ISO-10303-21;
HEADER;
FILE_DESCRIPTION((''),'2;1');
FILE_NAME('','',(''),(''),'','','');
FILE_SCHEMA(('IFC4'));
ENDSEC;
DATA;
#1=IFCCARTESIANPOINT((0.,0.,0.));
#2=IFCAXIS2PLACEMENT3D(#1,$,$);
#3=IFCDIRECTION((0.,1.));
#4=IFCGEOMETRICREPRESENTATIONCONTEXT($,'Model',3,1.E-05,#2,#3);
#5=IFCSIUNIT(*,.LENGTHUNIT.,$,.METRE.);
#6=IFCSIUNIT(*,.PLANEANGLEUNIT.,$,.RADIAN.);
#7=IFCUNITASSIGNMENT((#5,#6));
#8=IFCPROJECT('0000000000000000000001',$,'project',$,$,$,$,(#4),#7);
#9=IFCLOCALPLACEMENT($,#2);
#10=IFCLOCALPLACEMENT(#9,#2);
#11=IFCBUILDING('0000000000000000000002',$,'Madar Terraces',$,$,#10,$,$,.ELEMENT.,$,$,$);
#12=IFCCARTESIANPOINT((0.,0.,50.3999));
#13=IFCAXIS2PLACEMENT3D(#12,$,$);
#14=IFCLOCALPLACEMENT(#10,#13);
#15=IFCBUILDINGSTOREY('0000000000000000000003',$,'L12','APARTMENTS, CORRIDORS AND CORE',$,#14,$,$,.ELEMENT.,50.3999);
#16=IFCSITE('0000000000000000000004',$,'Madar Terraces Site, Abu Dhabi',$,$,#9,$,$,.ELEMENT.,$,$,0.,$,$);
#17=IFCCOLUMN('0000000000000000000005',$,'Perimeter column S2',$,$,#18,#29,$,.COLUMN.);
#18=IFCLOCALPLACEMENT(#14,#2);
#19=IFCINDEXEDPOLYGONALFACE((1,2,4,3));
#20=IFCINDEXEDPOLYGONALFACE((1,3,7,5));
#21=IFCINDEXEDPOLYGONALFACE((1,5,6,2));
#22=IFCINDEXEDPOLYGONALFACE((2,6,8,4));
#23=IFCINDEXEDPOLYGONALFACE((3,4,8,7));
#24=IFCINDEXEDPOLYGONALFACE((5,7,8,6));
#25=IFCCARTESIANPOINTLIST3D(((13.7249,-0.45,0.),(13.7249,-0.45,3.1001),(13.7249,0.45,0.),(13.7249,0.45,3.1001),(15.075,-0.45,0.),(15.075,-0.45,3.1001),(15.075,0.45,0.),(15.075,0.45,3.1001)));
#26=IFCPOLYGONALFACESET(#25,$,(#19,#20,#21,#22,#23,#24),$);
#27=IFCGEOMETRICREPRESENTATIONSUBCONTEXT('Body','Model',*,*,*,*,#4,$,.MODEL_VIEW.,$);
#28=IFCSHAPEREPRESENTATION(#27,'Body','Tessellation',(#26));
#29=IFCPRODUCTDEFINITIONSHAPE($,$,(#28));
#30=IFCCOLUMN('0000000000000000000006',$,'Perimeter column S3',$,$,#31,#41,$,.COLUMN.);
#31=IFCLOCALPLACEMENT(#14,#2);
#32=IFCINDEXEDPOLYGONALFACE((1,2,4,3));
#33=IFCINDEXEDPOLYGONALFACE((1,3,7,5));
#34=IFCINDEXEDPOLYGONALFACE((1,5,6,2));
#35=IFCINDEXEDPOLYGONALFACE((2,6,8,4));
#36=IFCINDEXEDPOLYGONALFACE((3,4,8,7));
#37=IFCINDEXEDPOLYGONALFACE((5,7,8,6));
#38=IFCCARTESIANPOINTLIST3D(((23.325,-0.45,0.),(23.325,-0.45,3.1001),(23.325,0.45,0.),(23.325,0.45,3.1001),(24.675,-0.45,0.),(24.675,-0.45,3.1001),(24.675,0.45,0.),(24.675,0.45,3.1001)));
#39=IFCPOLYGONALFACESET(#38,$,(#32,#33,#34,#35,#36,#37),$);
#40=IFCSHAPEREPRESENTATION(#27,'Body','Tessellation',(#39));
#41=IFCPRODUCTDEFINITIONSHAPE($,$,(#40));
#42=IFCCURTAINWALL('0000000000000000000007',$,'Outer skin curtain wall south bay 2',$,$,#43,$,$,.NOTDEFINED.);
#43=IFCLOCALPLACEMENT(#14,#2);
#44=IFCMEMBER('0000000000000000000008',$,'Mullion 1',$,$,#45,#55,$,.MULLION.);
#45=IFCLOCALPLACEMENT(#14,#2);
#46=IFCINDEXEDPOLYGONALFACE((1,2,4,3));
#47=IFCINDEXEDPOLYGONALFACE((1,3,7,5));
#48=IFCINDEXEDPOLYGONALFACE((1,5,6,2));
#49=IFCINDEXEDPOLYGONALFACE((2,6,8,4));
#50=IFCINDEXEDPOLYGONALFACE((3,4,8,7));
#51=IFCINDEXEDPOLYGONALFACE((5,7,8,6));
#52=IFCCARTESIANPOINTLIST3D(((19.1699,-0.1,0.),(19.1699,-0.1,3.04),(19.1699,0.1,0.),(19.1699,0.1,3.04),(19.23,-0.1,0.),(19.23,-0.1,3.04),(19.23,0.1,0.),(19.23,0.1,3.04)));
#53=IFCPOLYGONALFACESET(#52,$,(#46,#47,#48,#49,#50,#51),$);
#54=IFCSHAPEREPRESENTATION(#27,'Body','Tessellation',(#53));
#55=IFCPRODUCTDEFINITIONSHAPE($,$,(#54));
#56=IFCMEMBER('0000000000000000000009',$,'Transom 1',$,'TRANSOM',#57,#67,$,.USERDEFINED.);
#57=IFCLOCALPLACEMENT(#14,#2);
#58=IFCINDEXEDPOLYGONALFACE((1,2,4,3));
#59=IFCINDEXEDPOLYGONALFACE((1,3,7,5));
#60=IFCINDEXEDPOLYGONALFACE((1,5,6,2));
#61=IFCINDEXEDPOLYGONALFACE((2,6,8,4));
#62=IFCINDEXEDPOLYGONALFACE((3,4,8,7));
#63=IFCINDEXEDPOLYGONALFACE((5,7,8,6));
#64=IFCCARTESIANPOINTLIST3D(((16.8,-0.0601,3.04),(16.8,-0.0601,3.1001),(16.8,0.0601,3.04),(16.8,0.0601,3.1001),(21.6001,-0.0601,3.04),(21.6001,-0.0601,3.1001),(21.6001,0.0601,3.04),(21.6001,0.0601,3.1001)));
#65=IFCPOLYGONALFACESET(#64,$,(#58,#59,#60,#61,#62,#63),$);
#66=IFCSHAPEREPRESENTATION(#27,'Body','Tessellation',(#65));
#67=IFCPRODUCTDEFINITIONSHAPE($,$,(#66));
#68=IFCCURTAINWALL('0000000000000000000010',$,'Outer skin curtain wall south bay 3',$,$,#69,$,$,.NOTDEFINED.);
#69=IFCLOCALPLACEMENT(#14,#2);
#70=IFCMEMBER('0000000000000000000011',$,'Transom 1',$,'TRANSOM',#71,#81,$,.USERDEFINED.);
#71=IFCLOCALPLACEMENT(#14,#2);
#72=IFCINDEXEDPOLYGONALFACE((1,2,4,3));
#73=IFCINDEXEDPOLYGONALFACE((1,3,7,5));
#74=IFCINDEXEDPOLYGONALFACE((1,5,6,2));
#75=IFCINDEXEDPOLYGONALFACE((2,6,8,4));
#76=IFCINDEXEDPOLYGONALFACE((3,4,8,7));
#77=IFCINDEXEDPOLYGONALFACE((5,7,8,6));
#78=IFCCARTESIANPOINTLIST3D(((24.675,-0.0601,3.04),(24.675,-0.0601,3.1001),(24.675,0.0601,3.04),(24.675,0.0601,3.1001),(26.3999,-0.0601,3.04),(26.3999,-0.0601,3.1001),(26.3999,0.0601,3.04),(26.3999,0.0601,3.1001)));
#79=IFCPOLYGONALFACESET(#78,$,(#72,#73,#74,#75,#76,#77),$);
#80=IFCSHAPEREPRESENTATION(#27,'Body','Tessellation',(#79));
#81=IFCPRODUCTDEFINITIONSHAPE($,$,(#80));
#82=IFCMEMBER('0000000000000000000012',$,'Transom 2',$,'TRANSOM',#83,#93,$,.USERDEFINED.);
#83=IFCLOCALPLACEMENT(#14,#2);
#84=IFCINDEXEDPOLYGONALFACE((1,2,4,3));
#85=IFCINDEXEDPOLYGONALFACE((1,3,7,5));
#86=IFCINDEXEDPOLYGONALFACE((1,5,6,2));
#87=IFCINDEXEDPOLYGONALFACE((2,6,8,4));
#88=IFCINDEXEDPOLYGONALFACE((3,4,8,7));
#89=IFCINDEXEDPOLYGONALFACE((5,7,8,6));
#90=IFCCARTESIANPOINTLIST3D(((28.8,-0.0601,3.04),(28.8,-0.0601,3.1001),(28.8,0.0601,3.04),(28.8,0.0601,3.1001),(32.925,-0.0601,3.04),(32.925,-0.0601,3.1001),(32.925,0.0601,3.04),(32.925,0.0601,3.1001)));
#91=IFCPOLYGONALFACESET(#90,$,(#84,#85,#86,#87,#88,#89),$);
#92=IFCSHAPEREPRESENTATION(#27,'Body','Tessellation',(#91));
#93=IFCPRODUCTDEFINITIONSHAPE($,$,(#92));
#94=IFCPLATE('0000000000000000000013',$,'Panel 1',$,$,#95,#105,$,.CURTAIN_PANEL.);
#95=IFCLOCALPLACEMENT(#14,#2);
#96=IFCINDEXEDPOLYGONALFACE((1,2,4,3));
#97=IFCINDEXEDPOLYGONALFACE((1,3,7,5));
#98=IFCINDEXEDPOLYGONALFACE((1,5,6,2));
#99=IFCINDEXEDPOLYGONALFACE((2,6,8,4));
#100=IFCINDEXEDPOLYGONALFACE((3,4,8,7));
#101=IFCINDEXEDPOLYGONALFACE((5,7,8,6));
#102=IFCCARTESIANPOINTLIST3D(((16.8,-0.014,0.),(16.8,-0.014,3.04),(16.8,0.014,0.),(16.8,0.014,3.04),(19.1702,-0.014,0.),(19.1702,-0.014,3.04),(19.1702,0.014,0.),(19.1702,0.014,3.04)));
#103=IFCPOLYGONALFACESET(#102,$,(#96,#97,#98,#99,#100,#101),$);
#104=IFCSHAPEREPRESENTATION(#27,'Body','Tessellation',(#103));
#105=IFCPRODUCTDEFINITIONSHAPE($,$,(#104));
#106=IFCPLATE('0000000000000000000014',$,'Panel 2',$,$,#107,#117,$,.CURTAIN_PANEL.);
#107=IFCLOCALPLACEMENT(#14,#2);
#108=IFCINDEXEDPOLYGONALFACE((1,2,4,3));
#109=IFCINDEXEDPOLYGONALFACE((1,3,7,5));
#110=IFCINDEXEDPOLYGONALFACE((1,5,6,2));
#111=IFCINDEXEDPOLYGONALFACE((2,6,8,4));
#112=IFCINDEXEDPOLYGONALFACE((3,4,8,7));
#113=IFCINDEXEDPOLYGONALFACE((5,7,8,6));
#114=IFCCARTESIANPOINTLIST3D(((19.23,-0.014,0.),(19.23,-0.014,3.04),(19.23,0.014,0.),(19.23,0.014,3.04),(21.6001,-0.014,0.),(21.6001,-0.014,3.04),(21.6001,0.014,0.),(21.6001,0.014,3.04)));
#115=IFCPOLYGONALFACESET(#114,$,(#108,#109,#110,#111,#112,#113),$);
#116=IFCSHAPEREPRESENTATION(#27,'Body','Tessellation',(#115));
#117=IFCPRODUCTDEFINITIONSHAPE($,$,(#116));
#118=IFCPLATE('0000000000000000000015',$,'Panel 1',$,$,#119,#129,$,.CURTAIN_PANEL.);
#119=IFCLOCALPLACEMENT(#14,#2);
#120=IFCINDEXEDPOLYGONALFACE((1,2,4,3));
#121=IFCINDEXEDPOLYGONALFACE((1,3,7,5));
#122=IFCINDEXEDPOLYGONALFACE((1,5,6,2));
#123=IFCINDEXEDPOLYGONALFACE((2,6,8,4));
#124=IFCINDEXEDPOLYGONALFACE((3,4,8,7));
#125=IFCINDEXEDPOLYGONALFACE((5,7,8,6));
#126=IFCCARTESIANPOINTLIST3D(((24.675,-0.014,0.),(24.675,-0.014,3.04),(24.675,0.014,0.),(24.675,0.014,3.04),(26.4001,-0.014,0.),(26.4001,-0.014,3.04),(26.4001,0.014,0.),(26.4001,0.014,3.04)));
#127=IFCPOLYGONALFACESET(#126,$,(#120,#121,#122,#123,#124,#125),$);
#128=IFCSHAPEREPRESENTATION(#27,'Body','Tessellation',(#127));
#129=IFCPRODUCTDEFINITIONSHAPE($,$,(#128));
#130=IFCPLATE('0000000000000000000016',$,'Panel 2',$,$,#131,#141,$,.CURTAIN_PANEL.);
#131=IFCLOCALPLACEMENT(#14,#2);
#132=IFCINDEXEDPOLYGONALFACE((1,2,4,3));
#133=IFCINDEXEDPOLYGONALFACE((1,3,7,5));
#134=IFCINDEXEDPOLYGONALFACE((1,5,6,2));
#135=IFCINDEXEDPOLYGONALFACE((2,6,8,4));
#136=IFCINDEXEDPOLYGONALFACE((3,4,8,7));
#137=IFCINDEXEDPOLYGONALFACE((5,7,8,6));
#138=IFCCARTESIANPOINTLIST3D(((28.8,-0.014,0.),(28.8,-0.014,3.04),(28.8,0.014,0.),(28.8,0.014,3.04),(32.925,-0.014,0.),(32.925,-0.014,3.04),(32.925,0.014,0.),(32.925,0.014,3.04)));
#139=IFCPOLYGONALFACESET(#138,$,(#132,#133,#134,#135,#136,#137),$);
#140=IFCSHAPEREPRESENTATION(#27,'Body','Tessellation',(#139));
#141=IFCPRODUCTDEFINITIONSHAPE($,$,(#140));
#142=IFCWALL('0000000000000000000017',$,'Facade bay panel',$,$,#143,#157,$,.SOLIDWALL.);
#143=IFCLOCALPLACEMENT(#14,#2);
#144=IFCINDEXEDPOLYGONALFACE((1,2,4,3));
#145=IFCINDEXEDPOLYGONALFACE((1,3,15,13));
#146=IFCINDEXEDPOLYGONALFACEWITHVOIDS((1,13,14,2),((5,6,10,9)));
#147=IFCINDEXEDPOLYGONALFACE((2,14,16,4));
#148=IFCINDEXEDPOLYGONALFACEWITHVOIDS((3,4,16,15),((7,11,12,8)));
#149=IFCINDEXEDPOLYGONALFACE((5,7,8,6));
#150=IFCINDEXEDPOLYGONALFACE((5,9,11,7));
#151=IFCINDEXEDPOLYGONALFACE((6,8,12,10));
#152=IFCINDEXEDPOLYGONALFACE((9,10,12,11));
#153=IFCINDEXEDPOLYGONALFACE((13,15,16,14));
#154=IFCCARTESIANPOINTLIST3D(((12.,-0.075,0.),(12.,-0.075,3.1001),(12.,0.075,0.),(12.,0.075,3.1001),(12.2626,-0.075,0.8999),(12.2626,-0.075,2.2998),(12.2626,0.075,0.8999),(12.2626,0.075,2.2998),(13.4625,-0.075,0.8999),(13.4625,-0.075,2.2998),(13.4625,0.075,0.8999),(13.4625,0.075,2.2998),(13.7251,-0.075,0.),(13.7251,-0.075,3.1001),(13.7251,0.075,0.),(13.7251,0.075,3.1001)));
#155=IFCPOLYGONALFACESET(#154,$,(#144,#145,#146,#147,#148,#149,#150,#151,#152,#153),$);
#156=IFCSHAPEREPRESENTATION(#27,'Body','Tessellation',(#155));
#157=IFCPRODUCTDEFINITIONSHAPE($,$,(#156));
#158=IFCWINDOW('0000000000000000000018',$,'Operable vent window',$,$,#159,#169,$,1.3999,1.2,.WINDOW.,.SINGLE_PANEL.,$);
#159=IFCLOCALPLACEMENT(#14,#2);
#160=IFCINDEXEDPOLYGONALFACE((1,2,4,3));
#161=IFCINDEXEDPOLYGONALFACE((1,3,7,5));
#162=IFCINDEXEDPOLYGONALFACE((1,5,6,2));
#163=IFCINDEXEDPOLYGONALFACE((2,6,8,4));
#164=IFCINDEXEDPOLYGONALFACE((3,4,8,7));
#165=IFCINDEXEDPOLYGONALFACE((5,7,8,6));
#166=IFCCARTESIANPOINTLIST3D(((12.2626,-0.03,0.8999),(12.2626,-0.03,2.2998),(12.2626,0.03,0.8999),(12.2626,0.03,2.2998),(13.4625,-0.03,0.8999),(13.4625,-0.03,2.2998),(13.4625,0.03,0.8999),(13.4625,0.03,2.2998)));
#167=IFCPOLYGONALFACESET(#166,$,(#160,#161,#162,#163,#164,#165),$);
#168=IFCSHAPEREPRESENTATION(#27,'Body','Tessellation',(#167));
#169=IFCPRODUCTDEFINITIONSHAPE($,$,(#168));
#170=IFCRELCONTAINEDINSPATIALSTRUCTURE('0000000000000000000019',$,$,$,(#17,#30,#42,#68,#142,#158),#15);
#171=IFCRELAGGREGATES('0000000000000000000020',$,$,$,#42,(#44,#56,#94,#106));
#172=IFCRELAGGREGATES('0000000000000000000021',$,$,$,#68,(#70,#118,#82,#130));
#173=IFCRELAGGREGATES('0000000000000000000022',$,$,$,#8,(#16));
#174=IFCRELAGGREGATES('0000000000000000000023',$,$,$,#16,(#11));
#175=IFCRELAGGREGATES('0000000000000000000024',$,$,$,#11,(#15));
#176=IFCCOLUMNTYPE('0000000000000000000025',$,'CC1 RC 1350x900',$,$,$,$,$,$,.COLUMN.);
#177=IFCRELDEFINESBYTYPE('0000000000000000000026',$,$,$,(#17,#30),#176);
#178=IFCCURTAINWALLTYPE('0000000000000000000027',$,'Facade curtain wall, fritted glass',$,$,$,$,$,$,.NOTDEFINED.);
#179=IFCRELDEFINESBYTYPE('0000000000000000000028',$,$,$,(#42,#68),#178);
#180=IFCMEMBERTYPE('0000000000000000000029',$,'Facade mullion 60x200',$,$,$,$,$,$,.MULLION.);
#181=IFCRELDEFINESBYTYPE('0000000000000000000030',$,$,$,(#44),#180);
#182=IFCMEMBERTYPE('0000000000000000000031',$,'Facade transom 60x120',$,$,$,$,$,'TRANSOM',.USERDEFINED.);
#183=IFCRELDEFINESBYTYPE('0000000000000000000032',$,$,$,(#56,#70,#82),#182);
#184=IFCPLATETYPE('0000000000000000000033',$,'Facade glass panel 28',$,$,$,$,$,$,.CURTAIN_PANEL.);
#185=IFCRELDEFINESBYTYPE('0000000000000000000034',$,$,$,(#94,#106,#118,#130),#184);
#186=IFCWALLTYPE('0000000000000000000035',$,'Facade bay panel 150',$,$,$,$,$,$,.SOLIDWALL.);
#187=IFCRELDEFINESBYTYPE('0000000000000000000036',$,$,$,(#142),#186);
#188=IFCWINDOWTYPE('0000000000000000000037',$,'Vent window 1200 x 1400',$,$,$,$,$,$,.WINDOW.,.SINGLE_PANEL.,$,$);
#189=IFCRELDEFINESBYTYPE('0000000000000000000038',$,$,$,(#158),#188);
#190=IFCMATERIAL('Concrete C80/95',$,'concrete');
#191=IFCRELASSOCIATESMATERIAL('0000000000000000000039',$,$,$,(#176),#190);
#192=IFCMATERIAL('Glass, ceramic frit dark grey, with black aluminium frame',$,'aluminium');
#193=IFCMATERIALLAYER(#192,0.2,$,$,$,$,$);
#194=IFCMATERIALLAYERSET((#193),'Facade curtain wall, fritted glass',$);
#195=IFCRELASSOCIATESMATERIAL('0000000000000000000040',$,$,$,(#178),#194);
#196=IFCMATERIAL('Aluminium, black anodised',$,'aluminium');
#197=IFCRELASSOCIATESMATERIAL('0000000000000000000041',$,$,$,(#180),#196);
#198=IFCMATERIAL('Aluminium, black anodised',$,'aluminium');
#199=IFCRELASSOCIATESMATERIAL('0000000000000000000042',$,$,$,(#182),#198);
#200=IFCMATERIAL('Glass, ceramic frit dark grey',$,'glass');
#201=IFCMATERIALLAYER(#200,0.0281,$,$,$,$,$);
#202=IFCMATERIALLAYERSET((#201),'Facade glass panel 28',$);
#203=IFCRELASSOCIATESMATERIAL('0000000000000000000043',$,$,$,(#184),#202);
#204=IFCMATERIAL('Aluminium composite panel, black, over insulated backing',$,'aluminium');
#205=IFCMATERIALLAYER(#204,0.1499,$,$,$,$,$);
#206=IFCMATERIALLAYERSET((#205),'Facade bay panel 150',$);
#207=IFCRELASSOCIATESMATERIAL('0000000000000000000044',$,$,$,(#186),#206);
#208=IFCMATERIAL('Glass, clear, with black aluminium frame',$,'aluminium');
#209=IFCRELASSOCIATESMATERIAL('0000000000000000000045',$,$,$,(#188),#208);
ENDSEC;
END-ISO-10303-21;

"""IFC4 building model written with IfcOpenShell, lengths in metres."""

from ifc_helpers import new_model, si_unit, direction, frame, frame_2d, origin, origin_2d, place, context, subcontext, project, spatial, rectangle, extrude, material, layer, layer_set, material_profile, profile_set, type_object, element, fill, aggregate, save


model = new_model("IFC4")

# Units and contexts
model_context = context("Model", 3, precision=1e-05, world=origin(), true_north=direction((0.0, 1.0)))
body_context = subcontext(model_context, "Body", "Model", "MODEL_VIEW")
ifc_project = project(units=[si_unit("LENGTHUNIT", "METRE"), si_unit("PLANEANGLEUNIT", "RADIAN")], contexts=[model_context])

# Site, building, storey
site_placement = place(None, origin())
site = spatial("IfcSite", under=ifc_project, at=site_placement, Name="Madar Terraces Site, Abu Dhabi", CompositionType="ELEMENT", RefElevation=0.0)
building_placement = place(site_placement, origin())
building = spatial("IfcBuilding", under=site, at=building_placement, Name="Madar Terraces", CompositionType="ELEMENT")
storey_placement = place(building_placement, frame((0.0, 0.0, 50.3999)))
storey = spatial("IfcBuildingStorey", under=building, at=storey_placement, Name="L12", Description="APARTMENTS, CORRIDORS AND CORE", CompositionType="ELEMENT", Elevation=50.3999)

# Columns
ifc_material_1 = material(Name="Concrete C80/95", Category="concrete")
ifc_material_profile_1 = material_profile(ifc_material_1, rectangle(XDim=1.3501, YDim=0.8999, at=origin_2d()), Name="CC1 RC 1350x900")
ifc_profile_set_1 = profile_set([ifc_material_profile_1], Name="Concrete C80/95")
column_type = type_object("IfcColumnType", Name="CC1 RC 1350x900", PredefinedType="COLUMN", material=ifc_profile_set_1)
for number, where, z_axis, x_axis, name in (
    (1, (14.3999, 0.0, 0.0), (0.0, 0.0, 1.0), (1.0, 0.0, 0.0), "Perimeter column S2"),
    (2, (24.0, 0.0, 0.0), (0.0, 0.0, 1.0), (1.0, 0.0, 0.0), "Perimeter column S3"),
):
    element("IfcColumn", number, at=place(storey_placement, frame(where, z_axis=z_axis, x_axis=x_axis)), inside=storey, type_object=column_type, Name=name, PredefinedType="COLUMN", context=body_context, shape_type="SweptSolid", body=[
        extrude(rectangle(XDim=1.3501, YDim=0.8999, at=origin_2d()), origin(), (0.0, 0.0, 1.0), 3.1001),
    ])

# Curtain walls, members
ifc_material_2 = material(Name="Glass, ceramic frit dark grey, with black aluminium frame", Category="aluminium")
ifc_layer_1 = layer(ifc_material_2, 0.2)
ifc_layer_set_1 = layer_set([ifc_layer_1], Name="Facade curtain wall, fritted glass")
curtain_wall_type = type_object("IfcCurtainWallType", Name="Facade curtain wall, fritted glass", PredefinedType="NOTDEFINED", material=ifc_layer_set_1)
curtain_wall_1_placement = place(storey_placement, origin())
curtain_wall_1 = element("IfcCurtainWall", 3, at=curtain_wall_1_placement, inside=storey, type_object=curtain_wall_type, Name="Outer skin curtain wall south bay 2", PredefinedType="NOTDEFINED")
ifc_material_3 = material(Name="Aluminium, black anodised", Category="aluminium")
ifc_material_profile_2 = material_profile(ifc_material_3, rectangle(XDim=0.2, YDim=0.0601, at=origin_2d()), Name="Facade mullion 60x200")
ifc_profile_set_2 = profile_set([ifc_material_profile_2], Name="Aluminium, black anodised")
member_type_1 = type_object("IfcMemberType", Name="Facade mullion 60x200", PredefinedType="MULLION", material=ifc_profile_set_2)
member_1_placement = place(storey_placement, frame((19.2, 0.0, 0.0), z_axis=(0.0, 0.0, 1.0), x_axis=(0.0, 1.0, 0.0)))
member_1 = element("IfcMember", 4, at=member_1_placement, type_object=member_type_1, Name="Mullion 1", PredefinedType="MULLION", context=body_context, shape_type="SweptSolid", body=[
    extrude(rectangle(XDim=0.2, YDim=0.0601, at=origin_2d()), origin(), (0.0, 0.0, 1.0), 3.04),
])
ifc_material_4 = material(Name="Aluminium, black anodised", Category="aluminium")
ifc_material_profile_3 = material_profile(ifc_material_4, rectangle(XDim=0.1201, YDim=0.0601, at=origin_2d()), Name="Facade transom 60x120")
ifc_profile_set_3 = profile_set([ifc_material_profile_3], Name="Aluminium, black anodised")
member_type_2 = type_object("IfcMemberType", Name="Facade transom 60x120", ElementType="TRANSOM", PredefinedType="USERDEFINED", material=ifc_profile_set_3)
member_2_placement = place(storey_placement, frame((16.8, 0.0, 3.0701), z_axis=(1.0, 0.0, 0.0), x_axis=(0.0, 1.0, 0.0)))
member_2 = element("IfcMember", 5, at=member_2_placement, type_object=member_type_2, Name="Transom 1", ObjectType="TRANSOM", PredefinedType="USERDEFINED", context=body_context, shape_type="SweptSolid", body=[
    extrude(rectangle(XDim=0.1201, YDim=0.0601, at=origin_2d()), origin(), (0.0, 0.0, 1.0), 4.8),
])
curtain_wall_2_placement = place(storey_placement, origin())
curtain_wall_2 = element("IfcCurtainWall", 6, at=curtain_wall_2_placement, inside=storey, type_object=curtain_wall_type, Name="Outer skin curtain wall south bay 3", PredefinedType="NOTDEFINED")
member_3_placement = place(storey_placement, frame((24.675, 0.0, 3.0701), z_axis=(1.0, 0.0, 0.0), x_axis=(0.0, 1.0, 0.0)))
member_3 = element("IfcMember", 7, at=member_3_placement, type_object=member_type_2, Name="Transom 1", ObjectType="TRANSOM", PredefinedType="USERDEFINED", context=body_context, shape_type="SweptSolid", body=[
    extrude(rectangle(XDim=0.1201, YDim=0.0601, at=origin_2d()), origin(), (0.0, 0.0, 1.0), 1.7249),
])
member_4_placement = place(storey_placement, frame((28.8, 0.0, 3.0701), z_axis=(1.0, 0.0, 0.0), x_axis=(0.0, 1.0, 0.0)))
member_4 = element("IfcMember", 8, at=member_4_placement, type_object=member_type_2, Name="Transom 2", ObjectType="TRANSOM", PredefinedType="USERDEFINED", context=body_context, shape_type="SweptSolid", body=[
    extrude(rectangle(XDim=0.1201, YDim=0.0601, at=origin_2d()), origin(), (0.0, 0.0, 1.0), 4.125),
])

# Plates
ifc_material_5 = material(Name="Glass, ceramic frit dark grey", Category="glass")
ifc_layer_2 = layer(ifc_material_5, 0.0281)
ifc_layer_set_2 = layer_set([ifc_layer_2], Name="Facade glass panel 28")
plate_type = type_object("IfcPlateType", Name="Facade glass panel 28", PredefinedType="CURTAIN_PANEL", material=ifc_layer_set_2)
plate_1_placement = place(storey_placement, frame((17.9851, 0.0, 0.0), z_axis=(0.0, 0.0, 1.0), x_axis=(1.0, 0.0, 0.0)))
plate_1 = element("IfcPlate", 9, at=plate_1_placement, type_object=plate_type, Name="Panel 1", PredefinedType="CURTAIN_PANEL", context=body_context, shape_type="SweptSolid", body=[
    extrude(rectangle(XDim=2.3701, YDim=0.0281, at=origin_2d()), origin(), (0.0, 0.0, 1.0), 3.04),
])
plate_2_placement = place(storey_placement, frame((20.415, 0.0, 0.0), z_axis=(0.0, 0.0, 1.0), x_axis=(1.0, 0.0, 0.0)))
plate_2 = element("IfcPlate", 10, at=plate_2_placement, type_object=plate_type, Name="Panel 2", PredefinedType="CURTAIN_PANEL", context=body_context, shape_type="SweptSolid", body=[
    extrude(rectangle(XDim=2.3701, YDim=0.0281, at=origin_2d()), origin(), (0.0, 0.0, 1.0), 3.04),
])
aggregate(curtain_wall_1, [member_1, member_2, plate_1, plate_2])
plate_3_placement = place(storey_placement, frame((25.5376, 0.0, 0.0), z_axis=(0.0, 0.0, 1.0), x_axis=(1.0, 0.0, 0.0)))
plate_3 = element("IfcPlate", 11, at=plate_3_placement, type_object=plate_type, Name="Panel 1", PredefinedType="CURTAIN_PANEL", context=body_context, shape_type="SweptSolid", body=[
    extrude(rectangle(XDim=1.7251, YDim=0.0281, at=origin_2d()), origin(), (0.0, 0.0, 1.0), 3.04),
])
plate_4_placement = place(storey_placement, frame((30.8625, 0.0, 0.0), z_axis=(0.0, 0.0, 1.0), x_axis=(1.0, 0.0, 0.0)))
plate_4 = element("IfcPlate", 12, at=plate_4_placement, type_object=plate_type, Name="Panel 2", PredefinedType="CURTAIN_PANEL", context=body_context, shape_type="SweptSolid", body=[
    extrude(rectangle(XDim=4.125, YDim=0.0281, at=origin_2d()), origin(), (0.0, 0.0, 1.0), 3.04),
])
aggregate(curtain_wall_2, [member_3, plate_3, member_4, plate_4])

# Wall, opening, window
ifc_material_6 = material(Name="Aluminium composite panel, black, over insulated backing", Category="aluminium")
ifc_layer_3 = layer(ifc_material_6, 0.1499)
ifc_layer_set_3 = layer_set([ifc_layer_3], Name="Facade bay panel 150")
wall_type_1 = type_object("IfcWallType", Name="Facade bay panel 150", PredefinedType="SOLIDWALL", material=ifc_layer_set_3)
wall_1_placement = place(storey_placement, frame((12.0, 0.0, 0.0), z_axis=(0.0, 0.0, 1.0), x_axis=(1.0, 0.0, 0.0)))
wall_1 = element("IfcWall", 13, at=wall_1_placement, inside=storey, type_object=wall_type_1, Name="Facade bay panel", PredefinedType="SOLIDWALL", context=body_context, shape_type="SweptSolid", body=[
    extrude(rectangle(XDim=1.7251, YDim=0.1499, at=frame_2d((0.8625, 0.0))), origin(), (0.0, 0.0, 1.0), 3.1001),
])
opening_1_placement = place(wall_1_placement, frame((0.2625, 0.0, 0.8999)))
opening_1 = element("IfcOpeningElement", 14, at=opening_1_placement, cuts=wall_1, PredefinedType="OPENING", context=body_context, shape_type="SweptSolid", body=[
    extrude(rectangle(XDim=1.2, YDim=1.3999, at=frame_2d((0.6001, 0.7))), frame((0.0, 0.085, 0.0), z_axis=(0.0, -1.0, 0.0), x_axis=(1.0, 0.0, 0.0)), (0.0, 0.0, 1.0), 0.1699),
])
ifc_material_7 = material(Name="Glass, clear, with black aluminium frame", Category="aluminium")
window_type = type_object("IfcWindowType", Name="Vent window 1200 x 1400", PartitioningType="SINGLE_PANEL", PredefinedType="WINDOW", material=ifc_material_7)
window_1_placement = place(opening_1_placement, origin())
window_1 = element("IfcWindow", 15, at=window_1_placement, inside=storey, type_object=window_type, Name="Operable vent window", OverallHeight=1.3999, OverallWidth=1.2, PartitioningType="SINGLE_PANEL", PredefinedType="WINDOW", context=body_context, shape_type="SweptSolid", body=[
    extrude(rectangle(XDim=1.2, YDim=1.3999, at=frame_2d((0.6001, 0.7))), frame((0.0, 0.03, 0.0), z_axis=(0.0, -1.0, 0.0), x_axis=(1.0, 0.0, 0.0)), (0.0, 0.0, 1.0), 0.0601),
])
fill(opening_1, window_1)

save(model, "model.ifc")
